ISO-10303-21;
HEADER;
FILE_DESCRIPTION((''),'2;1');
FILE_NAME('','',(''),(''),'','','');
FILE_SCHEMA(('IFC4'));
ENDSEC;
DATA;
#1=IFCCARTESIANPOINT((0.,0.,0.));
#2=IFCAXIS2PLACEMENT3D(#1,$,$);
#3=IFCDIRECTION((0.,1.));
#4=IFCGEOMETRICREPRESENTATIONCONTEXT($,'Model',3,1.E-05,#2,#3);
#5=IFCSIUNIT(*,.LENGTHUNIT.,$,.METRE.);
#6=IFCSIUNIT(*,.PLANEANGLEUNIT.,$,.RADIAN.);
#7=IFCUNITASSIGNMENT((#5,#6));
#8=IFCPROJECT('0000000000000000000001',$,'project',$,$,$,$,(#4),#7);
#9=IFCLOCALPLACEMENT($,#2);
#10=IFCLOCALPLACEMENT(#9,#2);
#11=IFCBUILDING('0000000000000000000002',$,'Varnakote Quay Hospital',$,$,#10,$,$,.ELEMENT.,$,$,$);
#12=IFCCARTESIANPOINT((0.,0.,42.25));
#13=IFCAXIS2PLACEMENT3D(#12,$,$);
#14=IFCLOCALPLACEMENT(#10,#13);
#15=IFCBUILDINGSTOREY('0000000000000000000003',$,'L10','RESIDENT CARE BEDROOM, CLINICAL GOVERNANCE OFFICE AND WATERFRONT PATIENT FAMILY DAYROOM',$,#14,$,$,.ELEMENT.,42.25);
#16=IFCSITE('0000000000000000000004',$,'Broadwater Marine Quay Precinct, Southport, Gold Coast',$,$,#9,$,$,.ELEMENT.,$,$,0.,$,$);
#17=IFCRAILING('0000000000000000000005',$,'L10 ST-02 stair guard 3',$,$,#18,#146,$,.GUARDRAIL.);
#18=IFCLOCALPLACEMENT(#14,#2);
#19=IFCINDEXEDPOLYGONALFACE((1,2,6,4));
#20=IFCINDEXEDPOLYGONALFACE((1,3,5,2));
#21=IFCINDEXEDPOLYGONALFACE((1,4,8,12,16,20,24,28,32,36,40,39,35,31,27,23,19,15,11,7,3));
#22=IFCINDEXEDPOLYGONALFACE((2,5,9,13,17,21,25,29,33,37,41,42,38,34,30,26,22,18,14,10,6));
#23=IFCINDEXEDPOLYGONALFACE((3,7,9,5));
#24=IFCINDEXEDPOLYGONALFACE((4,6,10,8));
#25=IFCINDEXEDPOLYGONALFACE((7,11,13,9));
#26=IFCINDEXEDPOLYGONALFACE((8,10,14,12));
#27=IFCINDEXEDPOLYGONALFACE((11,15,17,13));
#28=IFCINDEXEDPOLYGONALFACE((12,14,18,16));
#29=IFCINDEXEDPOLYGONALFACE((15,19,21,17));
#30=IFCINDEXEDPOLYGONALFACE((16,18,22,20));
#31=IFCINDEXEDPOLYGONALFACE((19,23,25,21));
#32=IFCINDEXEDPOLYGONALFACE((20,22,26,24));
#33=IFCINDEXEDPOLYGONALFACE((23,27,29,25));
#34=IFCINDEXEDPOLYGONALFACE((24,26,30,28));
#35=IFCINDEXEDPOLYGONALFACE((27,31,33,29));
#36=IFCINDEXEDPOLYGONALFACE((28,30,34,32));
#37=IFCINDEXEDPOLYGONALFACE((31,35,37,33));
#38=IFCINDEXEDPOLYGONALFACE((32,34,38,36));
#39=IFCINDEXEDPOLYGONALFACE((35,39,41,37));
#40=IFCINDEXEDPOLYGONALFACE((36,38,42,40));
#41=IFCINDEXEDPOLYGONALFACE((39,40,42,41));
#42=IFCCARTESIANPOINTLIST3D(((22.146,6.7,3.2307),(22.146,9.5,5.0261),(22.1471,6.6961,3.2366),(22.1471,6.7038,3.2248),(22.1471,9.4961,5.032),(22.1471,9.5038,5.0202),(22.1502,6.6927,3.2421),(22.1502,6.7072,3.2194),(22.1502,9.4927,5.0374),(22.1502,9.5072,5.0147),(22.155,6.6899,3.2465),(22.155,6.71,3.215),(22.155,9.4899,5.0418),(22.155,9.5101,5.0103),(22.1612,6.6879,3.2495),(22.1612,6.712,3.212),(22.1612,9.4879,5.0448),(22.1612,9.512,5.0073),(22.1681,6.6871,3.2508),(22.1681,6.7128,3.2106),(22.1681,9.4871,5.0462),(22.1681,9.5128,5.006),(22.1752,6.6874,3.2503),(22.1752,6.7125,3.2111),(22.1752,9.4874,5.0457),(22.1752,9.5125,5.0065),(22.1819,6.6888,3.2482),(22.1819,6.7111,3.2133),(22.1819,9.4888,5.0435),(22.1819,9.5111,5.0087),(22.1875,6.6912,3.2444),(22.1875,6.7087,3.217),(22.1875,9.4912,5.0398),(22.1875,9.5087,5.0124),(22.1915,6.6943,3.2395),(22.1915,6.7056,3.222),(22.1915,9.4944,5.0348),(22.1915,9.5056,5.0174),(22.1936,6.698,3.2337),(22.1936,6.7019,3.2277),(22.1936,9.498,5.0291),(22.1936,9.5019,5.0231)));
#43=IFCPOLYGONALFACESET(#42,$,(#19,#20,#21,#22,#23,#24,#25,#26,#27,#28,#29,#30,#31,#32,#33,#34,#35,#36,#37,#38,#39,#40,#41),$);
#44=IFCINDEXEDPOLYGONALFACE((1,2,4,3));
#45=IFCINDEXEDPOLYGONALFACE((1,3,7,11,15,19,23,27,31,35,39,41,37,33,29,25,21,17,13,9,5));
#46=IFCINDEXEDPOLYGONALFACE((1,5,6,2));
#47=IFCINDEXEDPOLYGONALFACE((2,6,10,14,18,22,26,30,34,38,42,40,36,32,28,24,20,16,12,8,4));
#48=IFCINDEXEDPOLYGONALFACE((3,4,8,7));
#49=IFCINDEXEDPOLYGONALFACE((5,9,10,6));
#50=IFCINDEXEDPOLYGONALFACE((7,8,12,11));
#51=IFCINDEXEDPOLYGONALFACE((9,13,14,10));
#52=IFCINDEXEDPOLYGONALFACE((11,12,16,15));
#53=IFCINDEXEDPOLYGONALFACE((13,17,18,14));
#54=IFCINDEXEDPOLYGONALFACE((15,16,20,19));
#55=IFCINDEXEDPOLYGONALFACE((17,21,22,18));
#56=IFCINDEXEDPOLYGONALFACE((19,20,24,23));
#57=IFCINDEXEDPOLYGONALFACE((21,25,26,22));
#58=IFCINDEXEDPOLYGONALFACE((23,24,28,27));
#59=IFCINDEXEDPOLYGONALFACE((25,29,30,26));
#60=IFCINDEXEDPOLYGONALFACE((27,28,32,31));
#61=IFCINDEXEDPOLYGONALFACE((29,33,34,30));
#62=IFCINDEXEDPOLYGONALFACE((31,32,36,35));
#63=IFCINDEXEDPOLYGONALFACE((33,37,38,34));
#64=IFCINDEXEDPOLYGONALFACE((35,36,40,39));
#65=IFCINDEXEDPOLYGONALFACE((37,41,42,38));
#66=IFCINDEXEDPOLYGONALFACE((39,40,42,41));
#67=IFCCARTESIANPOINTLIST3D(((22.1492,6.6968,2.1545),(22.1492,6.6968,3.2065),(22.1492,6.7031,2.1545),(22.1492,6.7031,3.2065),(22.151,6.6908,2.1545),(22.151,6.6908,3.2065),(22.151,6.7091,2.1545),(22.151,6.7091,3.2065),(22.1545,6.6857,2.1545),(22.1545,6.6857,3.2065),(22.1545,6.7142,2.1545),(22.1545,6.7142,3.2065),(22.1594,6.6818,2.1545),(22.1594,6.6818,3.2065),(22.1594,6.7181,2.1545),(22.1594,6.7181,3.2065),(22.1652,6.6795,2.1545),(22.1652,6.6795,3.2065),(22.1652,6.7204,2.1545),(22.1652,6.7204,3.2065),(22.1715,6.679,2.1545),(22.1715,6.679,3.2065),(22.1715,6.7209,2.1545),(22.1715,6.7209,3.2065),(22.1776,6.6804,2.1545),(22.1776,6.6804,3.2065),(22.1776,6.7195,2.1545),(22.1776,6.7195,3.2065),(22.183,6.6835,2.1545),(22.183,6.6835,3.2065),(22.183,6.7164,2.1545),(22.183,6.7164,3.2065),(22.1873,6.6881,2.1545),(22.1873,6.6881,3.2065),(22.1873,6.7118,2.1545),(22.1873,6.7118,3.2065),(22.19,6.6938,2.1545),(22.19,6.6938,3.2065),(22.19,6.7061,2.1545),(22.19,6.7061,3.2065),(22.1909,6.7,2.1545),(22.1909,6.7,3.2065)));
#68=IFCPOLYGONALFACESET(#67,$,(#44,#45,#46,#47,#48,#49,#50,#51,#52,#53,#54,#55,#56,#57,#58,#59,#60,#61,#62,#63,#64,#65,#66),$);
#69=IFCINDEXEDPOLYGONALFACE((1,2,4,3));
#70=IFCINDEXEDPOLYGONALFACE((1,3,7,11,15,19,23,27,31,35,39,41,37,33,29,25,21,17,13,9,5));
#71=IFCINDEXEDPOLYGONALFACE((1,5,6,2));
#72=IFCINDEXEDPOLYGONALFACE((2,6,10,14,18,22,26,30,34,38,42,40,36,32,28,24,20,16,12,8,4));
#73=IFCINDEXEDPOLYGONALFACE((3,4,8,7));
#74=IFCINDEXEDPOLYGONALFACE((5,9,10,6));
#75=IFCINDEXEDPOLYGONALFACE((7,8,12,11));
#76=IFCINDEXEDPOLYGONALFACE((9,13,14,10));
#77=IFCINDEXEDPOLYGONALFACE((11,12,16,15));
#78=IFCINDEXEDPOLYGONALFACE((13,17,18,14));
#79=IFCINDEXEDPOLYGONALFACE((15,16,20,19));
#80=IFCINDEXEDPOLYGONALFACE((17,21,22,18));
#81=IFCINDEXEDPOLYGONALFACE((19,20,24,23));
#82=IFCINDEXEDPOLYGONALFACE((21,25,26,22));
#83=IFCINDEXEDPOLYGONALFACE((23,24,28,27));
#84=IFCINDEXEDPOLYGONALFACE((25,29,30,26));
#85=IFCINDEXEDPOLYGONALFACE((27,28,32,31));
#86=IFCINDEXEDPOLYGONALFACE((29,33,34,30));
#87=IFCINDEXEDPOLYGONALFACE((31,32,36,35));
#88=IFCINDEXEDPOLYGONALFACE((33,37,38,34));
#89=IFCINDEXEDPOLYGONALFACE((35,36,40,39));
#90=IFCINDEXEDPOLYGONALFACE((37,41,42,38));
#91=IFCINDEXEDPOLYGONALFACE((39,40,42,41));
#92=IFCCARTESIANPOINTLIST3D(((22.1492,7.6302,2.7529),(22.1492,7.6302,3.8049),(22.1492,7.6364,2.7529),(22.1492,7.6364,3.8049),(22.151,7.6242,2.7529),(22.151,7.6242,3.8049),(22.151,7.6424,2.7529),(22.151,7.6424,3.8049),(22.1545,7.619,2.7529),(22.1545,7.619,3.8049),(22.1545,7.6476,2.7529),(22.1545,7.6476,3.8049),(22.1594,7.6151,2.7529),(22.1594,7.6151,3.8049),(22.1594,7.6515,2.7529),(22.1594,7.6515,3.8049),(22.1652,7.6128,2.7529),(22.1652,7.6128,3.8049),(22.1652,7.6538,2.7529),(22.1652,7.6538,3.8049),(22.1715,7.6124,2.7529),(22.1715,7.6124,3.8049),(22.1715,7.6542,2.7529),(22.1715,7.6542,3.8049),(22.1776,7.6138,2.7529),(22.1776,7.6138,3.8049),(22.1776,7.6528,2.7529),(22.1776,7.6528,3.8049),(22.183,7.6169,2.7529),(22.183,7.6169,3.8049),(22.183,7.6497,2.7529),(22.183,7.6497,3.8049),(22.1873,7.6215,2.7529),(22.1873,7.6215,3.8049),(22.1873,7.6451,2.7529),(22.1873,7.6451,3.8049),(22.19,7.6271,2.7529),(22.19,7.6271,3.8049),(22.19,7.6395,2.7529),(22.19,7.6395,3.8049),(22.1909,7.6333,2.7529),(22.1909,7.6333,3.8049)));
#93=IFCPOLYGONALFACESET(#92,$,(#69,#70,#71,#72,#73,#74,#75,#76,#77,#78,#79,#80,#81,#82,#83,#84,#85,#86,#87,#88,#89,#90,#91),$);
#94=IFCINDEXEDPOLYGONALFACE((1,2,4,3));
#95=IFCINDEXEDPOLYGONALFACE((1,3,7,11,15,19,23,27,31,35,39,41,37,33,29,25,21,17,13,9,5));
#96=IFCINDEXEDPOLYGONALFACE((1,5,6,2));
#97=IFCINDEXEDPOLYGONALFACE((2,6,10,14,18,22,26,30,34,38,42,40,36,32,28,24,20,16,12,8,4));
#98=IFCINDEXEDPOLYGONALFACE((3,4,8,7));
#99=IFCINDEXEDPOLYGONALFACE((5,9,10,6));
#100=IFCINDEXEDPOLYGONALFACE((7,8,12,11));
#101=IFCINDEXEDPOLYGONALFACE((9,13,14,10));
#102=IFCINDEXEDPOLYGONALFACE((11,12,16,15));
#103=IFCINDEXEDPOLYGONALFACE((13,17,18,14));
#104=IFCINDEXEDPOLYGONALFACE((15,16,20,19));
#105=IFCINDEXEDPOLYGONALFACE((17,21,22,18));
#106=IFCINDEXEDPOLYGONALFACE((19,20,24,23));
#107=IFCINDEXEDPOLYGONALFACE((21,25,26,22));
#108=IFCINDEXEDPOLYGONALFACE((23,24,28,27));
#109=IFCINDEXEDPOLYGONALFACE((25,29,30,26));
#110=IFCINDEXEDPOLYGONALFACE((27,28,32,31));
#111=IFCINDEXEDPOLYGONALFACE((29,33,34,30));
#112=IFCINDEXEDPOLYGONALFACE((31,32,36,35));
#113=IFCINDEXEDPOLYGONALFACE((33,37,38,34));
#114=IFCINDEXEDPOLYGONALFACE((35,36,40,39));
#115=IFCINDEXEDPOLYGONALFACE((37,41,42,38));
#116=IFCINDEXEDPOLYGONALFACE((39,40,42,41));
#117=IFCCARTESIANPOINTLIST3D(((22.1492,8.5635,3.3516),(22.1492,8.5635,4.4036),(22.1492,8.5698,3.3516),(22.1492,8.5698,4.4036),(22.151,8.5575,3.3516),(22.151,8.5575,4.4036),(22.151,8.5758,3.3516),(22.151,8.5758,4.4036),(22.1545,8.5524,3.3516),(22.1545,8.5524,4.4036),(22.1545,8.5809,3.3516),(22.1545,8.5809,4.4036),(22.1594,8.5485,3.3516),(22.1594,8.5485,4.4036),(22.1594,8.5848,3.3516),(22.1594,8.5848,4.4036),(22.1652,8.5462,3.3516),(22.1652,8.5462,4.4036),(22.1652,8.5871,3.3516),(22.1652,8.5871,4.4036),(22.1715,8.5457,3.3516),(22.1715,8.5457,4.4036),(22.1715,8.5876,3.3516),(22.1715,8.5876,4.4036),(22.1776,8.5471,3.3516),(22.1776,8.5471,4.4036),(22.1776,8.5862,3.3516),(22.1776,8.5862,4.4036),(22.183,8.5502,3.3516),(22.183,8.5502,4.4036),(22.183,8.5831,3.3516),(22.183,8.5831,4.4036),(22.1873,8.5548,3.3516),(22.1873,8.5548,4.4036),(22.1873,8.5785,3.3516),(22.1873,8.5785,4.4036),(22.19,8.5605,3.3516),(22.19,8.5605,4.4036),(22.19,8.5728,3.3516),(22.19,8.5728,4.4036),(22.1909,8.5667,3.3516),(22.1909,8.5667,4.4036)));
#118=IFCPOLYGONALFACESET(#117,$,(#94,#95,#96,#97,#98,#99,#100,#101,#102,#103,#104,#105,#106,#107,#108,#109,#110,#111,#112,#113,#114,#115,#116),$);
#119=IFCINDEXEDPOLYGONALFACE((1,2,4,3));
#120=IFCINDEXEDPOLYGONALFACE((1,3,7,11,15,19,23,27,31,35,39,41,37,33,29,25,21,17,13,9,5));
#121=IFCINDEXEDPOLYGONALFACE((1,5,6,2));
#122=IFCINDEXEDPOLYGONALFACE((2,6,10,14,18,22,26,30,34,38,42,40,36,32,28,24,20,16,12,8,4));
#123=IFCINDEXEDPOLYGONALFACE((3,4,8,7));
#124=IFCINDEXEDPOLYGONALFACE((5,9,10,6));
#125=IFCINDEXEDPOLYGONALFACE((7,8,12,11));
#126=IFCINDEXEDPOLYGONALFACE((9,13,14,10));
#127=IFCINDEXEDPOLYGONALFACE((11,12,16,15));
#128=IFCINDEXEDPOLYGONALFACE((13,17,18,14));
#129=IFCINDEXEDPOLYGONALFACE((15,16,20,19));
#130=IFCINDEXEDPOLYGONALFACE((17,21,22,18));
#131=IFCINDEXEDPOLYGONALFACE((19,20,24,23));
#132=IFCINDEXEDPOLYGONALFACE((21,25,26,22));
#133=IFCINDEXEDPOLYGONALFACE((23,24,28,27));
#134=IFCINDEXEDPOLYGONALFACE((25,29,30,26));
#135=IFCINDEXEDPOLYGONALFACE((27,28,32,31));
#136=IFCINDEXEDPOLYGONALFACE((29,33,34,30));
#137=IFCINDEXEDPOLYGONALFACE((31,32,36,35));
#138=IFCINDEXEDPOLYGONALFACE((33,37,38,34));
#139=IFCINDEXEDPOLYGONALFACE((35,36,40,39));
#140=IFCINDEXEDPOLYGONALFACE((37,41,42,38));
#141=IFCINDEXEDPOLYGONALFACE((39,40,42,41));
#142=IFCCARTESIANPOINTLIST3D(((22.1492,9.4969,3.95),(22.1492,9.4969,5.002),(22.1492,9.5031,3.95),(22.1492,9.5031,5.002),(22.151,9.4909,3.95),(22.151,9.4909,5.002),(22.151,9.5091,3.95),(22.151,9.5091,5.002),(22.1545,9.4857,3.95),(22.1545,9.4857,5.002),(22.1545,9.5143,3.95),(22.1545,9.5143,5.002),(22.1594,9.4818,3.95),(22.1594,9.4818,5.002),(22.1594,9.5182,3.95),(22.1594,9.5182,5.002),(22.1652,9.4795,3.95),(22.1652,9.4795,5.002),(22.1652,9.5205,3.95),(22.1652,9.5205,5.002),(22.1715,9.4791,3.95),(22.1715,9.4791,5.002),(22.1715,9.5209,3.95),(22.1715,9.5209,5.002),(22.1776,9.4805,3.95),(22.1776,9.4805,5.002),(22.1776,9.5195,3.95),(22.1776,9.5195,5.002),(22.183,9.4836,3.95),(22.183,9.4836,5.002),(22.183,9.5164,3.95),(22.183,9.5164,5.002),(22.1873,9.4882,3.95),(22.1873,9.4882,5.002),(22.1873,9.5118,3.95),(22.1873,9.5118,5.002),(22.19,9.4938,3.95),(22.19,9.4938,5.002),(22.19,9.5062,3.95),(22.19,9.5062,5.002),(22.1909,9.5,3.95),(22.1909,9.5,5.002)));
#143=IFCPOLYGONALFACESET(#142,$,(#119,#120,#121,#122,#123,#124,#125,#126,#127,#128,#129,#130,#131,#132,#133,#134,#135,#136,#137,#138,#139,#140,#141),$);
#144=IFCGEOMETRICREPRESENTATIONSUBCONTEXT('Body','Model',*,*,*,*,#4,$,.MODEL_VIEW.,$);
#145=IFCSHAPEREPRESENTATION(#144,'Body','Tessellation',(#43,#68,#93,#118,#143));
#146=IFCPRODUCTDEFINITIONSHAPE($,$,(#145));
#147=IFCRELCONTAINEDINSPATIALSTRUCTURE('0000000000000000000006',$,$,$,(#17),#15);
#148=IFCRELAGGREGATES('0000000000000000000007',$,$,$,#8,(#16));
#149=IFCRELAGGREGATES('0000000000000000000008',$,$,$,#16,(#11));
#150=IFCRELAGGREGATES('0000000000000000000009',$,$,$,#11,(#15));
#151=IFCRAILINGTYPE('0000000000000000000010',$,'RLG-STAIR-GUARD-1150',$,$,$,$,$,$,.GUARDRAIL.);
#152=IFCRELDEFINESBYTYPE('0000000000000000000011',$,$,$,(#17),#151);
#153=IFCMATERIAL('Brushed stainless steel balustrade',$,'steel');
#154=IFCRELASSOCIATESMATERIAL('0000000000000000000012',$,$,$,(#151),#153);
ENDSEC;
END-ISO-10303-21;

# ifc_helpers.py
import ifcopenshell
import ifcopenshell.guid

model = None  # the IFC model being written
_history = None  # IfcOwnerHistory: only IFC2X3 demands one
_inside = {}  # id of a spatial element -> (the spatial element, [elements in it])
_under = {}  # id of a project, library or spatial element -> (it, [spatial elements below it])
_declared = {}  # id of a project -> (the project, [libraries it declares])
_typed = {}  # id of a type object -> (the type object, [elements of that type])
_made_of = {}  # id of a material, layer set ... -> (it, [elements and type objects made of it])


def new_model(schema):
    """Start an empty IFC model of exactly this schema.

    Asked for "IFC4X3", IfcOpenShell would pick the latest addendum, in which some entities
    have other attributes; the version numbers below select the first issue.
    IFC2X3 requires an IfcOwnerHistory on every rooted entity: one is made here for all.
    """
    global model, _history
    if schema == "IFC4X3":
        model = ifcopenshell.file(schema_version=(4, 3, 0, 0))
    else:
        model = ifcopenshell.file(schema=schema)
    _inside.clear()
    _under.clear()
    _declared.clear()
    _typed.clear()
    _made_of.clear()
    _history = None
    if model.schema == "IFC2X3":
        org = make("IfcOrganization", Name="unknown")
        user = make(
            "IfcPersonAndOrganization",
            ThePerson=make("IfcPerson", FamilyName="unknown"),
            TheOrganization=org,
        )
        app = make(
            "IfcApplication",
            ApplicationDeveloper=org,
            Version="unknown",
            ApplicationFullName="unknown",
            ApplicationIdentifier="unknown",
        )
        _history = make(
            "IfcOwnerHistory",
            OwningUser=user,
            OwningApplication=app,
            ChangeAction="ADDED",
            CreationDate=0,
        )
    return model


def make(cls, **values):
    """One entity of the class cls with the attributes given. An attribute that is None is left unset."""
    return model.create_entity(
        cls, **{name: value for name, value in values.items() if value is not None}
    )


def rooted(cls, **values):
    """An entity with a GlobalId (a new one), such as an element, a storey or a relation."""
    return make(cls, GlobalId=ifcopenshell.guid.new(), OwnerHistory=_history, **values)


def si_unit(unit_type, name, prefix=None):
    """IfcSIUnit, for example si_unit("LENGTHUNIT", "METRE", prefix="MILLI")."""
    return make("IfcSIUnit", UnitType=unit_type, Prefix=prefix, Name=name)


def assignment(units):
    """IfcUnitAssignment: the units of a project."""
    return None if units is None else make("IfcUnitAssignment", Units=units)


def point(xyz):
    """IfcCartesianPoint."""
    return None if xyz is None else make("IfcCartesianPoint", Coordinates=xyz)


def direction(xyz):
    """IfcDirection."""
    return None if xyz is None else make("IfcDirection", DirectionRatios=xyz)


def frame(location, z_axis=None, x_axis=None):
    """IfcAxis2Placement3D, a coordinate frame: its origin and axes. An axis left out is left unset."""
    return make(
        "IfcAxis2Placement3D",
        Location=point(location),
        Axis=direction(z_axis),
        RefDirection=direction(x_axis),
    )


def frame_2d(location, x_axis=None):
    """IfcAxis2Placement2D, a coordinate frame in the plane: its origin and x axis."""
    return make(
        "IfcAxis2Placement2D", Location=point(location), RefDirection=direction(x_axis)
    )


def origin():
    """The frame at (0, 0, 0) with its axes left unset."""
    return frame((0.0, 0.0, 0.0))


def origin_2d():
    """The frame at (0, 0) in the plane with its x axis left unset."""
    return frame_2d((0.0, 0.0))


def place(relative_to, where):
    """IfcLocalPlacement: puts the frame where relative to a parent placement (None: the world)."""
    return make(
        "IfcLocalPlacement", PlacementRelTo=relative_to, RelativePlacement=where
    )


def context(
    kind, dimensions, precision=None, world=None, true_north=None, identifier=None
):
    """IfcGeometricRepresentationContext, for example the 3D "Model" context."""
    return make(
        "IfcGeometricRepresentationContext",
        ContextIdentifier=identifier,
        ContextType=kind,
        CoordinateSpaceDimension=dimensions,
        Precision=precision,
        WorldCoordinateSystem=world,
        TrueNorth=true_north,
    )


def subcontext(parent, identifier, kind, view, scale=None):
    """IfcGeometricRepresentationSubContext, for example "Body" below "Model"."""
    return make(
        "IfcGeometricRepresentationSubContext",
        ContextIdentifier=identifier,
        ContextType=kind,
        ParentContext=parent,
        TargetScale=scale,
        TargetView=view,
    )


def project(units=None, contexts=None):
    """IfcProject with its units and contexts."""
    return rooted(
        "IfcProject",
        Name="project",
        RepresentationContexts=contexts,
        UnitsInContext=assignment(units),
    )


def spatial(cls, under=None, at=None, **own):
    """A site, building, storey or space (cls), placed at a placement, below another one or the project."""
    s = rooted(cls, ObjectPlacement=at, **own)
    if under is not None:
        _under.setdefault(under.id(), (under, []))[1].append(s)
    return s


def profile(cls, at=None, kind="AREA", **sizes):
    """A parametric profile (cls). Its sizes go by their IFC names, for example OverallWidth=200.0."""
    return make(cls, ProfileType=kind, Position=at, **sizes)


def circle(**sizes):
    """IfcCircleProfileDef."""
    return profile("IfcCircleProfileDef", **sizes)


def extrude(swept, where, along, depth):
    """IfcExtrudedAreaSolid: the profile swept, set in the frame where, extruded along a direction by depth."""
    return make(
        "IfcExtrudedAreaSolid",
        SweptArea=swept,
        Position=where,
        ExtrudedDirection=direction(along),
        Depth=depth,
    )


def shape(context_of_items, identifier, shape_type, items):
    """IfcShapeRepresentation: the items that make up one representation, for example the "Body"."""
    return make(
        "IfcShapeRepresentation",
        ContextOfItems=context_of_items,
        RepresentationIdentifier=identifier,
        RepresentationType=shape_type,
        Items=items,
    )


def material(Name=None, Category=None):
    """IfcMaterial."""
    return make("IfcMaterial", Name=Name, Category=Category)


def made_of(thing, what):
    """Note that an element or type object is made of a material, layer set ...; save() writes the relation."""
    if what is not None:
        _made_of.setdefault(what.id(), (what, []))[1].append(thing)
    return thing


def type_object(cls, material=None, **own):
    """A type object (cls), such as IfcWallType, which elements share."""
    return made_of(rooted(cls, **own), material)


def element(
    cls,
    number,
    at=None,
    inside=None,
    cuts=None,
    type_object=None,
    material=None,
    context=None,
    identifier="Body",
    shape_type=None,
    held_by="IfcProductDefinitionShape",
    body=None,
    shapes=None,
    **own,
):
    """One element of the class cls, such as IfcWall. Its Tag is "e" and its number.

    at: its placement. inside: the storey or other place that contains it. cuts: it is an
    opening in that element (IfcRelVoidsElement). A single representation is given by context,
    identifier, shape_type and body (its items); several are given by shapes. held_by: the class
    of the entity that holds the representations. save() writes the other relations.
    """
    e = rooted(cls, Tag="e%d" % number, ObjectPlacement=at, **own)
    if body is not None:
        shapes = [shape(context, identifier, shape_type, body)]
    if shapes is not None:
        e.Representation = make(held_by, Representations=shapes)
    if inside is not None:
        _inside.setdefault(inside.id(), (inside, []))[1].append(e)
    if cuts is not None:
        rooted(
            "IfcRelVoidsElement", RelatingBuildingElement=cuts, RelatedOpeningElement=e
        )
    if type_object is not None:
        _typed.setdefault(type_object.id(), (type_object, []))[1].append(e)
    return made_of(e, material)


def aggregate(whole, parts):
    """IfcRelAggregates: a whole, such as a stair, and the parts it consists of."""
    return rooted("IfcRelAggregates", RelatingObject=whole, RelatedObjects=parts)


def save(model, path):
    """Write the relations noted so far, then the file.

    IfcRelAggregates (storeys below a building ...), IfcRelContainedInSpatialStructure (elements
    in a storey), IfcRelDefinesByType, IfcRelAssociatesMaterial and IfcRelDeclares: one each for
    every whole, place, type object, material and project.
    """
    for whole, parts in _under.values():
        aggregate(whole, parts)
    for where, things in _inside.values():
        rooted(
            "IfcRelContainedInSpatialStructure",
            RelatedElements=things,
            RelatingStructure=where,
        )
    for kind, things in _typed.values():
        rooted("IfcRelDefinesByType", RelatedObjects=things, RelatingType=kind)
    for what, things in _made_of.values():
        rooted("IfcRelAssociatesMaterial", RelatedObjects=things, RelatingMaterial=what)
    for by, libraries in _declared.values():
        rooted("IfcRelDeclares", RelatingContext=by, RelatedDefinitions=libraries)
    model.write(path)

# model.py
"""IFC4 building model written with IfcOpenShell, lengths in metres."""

from ifc_helpers import new_model, si_unit, direction, frame, origin, origin_2d, place, context, subcontext, project, spatial, circle, extrude, material, type_object, element, save


model = new_model("IFC4")

# Units and contexts
model_context = context("Model", 3, precision=1e-05, world=origin(), true_north=direction((0.0, 1.0)))
body_context = subcontext(model_context, "Body", "Model", "MODEL_VIEW")
ifc_project = project(units=[si_unit("LENGTHUNIT", "METRE"), si_unit("PLANEANGLEUNIT", "RADIAN")], contexts=[model_context])

# Site, building, storey
site_placement = place(None, origin())
site = spatial("IfcSite", under=ifc_project, at=site_placement, Name="Broadwater Marine Quay Precinct, Southport, Gold Coast", CompositionType="ELEMENT", RefElevation=0.0)
building_placement = place(site_placement, origin())
building = spatial("IfcBuilding", under=site, at=building_placement, Name="Varnakote Quay Hospital", CompositionType="ELEMENT")
storey_placement = place(building_placement, frame((0.0, 0.0, 42.25)))
storey = spatial("IfcBuildingStorey", under=building, at=storey_placement, Name="L10", Description="RESIDENT CARE BEDROOM, CLINICAL GOVERNANCE OFFICE AND WATERFRONT PATIENT FAMILY DAYROOM", CompositionType="ELEMENT", Elevation=42.25)

# Railing
ifc_material_1 = material(Name="Brushed stainless steel balustrade", Category="steel")
railing_type_1 = type_object("IfcRailingType", Name="RLG-STAIR-GUARD-1150", PredefinedType="GUARDRAIL", material=ifc_material_1)
railing_1_placement = place(storey_placement, frame((22.1699, 6.7, 2.1545)))
element("IfcRailing", 1, at=railing_1_placement, inside=storey, type_object=railing_type_1, Name="L10 ST-02 stair guard 3", PredefinedType="GUARDRAIL", context=body_context, shape_type="SweptSolid", body=[
    extrude(circle(Radius=0.0239, at=origin_2d()), frame((0.0, 0.0, 1.0762), z_axis=(0.0, 0.84181, 0.539774), x_axis=(-1.0, 0.0, 0.0)), (0.0, 0.0, 1.0), 3.3262),
    extrude(circle(Radius=0.021, at=origin_2d()), origin(), (0.0, 0.0, 1.0), 1.052),
    extrude(circle(Radius=0.021, at=origin_2d()), frame((0.0, 0.9333, 0.5984)), (0.0, 0.0, 1.0), 1.052),
    extrude(circle(Radius=0.021, at=origin_2d()), frame((0.0, 1.8667, 1.197)), (0.0, 0.0, 1.0), 1.052),
    extrude(circle(Radius=0.021, at=origin_2d()), frame((0.0, 2.8, 1.7954)), (0.0, 0.0, 1.0), 1.052),
])

save(model, "model.ifc")
